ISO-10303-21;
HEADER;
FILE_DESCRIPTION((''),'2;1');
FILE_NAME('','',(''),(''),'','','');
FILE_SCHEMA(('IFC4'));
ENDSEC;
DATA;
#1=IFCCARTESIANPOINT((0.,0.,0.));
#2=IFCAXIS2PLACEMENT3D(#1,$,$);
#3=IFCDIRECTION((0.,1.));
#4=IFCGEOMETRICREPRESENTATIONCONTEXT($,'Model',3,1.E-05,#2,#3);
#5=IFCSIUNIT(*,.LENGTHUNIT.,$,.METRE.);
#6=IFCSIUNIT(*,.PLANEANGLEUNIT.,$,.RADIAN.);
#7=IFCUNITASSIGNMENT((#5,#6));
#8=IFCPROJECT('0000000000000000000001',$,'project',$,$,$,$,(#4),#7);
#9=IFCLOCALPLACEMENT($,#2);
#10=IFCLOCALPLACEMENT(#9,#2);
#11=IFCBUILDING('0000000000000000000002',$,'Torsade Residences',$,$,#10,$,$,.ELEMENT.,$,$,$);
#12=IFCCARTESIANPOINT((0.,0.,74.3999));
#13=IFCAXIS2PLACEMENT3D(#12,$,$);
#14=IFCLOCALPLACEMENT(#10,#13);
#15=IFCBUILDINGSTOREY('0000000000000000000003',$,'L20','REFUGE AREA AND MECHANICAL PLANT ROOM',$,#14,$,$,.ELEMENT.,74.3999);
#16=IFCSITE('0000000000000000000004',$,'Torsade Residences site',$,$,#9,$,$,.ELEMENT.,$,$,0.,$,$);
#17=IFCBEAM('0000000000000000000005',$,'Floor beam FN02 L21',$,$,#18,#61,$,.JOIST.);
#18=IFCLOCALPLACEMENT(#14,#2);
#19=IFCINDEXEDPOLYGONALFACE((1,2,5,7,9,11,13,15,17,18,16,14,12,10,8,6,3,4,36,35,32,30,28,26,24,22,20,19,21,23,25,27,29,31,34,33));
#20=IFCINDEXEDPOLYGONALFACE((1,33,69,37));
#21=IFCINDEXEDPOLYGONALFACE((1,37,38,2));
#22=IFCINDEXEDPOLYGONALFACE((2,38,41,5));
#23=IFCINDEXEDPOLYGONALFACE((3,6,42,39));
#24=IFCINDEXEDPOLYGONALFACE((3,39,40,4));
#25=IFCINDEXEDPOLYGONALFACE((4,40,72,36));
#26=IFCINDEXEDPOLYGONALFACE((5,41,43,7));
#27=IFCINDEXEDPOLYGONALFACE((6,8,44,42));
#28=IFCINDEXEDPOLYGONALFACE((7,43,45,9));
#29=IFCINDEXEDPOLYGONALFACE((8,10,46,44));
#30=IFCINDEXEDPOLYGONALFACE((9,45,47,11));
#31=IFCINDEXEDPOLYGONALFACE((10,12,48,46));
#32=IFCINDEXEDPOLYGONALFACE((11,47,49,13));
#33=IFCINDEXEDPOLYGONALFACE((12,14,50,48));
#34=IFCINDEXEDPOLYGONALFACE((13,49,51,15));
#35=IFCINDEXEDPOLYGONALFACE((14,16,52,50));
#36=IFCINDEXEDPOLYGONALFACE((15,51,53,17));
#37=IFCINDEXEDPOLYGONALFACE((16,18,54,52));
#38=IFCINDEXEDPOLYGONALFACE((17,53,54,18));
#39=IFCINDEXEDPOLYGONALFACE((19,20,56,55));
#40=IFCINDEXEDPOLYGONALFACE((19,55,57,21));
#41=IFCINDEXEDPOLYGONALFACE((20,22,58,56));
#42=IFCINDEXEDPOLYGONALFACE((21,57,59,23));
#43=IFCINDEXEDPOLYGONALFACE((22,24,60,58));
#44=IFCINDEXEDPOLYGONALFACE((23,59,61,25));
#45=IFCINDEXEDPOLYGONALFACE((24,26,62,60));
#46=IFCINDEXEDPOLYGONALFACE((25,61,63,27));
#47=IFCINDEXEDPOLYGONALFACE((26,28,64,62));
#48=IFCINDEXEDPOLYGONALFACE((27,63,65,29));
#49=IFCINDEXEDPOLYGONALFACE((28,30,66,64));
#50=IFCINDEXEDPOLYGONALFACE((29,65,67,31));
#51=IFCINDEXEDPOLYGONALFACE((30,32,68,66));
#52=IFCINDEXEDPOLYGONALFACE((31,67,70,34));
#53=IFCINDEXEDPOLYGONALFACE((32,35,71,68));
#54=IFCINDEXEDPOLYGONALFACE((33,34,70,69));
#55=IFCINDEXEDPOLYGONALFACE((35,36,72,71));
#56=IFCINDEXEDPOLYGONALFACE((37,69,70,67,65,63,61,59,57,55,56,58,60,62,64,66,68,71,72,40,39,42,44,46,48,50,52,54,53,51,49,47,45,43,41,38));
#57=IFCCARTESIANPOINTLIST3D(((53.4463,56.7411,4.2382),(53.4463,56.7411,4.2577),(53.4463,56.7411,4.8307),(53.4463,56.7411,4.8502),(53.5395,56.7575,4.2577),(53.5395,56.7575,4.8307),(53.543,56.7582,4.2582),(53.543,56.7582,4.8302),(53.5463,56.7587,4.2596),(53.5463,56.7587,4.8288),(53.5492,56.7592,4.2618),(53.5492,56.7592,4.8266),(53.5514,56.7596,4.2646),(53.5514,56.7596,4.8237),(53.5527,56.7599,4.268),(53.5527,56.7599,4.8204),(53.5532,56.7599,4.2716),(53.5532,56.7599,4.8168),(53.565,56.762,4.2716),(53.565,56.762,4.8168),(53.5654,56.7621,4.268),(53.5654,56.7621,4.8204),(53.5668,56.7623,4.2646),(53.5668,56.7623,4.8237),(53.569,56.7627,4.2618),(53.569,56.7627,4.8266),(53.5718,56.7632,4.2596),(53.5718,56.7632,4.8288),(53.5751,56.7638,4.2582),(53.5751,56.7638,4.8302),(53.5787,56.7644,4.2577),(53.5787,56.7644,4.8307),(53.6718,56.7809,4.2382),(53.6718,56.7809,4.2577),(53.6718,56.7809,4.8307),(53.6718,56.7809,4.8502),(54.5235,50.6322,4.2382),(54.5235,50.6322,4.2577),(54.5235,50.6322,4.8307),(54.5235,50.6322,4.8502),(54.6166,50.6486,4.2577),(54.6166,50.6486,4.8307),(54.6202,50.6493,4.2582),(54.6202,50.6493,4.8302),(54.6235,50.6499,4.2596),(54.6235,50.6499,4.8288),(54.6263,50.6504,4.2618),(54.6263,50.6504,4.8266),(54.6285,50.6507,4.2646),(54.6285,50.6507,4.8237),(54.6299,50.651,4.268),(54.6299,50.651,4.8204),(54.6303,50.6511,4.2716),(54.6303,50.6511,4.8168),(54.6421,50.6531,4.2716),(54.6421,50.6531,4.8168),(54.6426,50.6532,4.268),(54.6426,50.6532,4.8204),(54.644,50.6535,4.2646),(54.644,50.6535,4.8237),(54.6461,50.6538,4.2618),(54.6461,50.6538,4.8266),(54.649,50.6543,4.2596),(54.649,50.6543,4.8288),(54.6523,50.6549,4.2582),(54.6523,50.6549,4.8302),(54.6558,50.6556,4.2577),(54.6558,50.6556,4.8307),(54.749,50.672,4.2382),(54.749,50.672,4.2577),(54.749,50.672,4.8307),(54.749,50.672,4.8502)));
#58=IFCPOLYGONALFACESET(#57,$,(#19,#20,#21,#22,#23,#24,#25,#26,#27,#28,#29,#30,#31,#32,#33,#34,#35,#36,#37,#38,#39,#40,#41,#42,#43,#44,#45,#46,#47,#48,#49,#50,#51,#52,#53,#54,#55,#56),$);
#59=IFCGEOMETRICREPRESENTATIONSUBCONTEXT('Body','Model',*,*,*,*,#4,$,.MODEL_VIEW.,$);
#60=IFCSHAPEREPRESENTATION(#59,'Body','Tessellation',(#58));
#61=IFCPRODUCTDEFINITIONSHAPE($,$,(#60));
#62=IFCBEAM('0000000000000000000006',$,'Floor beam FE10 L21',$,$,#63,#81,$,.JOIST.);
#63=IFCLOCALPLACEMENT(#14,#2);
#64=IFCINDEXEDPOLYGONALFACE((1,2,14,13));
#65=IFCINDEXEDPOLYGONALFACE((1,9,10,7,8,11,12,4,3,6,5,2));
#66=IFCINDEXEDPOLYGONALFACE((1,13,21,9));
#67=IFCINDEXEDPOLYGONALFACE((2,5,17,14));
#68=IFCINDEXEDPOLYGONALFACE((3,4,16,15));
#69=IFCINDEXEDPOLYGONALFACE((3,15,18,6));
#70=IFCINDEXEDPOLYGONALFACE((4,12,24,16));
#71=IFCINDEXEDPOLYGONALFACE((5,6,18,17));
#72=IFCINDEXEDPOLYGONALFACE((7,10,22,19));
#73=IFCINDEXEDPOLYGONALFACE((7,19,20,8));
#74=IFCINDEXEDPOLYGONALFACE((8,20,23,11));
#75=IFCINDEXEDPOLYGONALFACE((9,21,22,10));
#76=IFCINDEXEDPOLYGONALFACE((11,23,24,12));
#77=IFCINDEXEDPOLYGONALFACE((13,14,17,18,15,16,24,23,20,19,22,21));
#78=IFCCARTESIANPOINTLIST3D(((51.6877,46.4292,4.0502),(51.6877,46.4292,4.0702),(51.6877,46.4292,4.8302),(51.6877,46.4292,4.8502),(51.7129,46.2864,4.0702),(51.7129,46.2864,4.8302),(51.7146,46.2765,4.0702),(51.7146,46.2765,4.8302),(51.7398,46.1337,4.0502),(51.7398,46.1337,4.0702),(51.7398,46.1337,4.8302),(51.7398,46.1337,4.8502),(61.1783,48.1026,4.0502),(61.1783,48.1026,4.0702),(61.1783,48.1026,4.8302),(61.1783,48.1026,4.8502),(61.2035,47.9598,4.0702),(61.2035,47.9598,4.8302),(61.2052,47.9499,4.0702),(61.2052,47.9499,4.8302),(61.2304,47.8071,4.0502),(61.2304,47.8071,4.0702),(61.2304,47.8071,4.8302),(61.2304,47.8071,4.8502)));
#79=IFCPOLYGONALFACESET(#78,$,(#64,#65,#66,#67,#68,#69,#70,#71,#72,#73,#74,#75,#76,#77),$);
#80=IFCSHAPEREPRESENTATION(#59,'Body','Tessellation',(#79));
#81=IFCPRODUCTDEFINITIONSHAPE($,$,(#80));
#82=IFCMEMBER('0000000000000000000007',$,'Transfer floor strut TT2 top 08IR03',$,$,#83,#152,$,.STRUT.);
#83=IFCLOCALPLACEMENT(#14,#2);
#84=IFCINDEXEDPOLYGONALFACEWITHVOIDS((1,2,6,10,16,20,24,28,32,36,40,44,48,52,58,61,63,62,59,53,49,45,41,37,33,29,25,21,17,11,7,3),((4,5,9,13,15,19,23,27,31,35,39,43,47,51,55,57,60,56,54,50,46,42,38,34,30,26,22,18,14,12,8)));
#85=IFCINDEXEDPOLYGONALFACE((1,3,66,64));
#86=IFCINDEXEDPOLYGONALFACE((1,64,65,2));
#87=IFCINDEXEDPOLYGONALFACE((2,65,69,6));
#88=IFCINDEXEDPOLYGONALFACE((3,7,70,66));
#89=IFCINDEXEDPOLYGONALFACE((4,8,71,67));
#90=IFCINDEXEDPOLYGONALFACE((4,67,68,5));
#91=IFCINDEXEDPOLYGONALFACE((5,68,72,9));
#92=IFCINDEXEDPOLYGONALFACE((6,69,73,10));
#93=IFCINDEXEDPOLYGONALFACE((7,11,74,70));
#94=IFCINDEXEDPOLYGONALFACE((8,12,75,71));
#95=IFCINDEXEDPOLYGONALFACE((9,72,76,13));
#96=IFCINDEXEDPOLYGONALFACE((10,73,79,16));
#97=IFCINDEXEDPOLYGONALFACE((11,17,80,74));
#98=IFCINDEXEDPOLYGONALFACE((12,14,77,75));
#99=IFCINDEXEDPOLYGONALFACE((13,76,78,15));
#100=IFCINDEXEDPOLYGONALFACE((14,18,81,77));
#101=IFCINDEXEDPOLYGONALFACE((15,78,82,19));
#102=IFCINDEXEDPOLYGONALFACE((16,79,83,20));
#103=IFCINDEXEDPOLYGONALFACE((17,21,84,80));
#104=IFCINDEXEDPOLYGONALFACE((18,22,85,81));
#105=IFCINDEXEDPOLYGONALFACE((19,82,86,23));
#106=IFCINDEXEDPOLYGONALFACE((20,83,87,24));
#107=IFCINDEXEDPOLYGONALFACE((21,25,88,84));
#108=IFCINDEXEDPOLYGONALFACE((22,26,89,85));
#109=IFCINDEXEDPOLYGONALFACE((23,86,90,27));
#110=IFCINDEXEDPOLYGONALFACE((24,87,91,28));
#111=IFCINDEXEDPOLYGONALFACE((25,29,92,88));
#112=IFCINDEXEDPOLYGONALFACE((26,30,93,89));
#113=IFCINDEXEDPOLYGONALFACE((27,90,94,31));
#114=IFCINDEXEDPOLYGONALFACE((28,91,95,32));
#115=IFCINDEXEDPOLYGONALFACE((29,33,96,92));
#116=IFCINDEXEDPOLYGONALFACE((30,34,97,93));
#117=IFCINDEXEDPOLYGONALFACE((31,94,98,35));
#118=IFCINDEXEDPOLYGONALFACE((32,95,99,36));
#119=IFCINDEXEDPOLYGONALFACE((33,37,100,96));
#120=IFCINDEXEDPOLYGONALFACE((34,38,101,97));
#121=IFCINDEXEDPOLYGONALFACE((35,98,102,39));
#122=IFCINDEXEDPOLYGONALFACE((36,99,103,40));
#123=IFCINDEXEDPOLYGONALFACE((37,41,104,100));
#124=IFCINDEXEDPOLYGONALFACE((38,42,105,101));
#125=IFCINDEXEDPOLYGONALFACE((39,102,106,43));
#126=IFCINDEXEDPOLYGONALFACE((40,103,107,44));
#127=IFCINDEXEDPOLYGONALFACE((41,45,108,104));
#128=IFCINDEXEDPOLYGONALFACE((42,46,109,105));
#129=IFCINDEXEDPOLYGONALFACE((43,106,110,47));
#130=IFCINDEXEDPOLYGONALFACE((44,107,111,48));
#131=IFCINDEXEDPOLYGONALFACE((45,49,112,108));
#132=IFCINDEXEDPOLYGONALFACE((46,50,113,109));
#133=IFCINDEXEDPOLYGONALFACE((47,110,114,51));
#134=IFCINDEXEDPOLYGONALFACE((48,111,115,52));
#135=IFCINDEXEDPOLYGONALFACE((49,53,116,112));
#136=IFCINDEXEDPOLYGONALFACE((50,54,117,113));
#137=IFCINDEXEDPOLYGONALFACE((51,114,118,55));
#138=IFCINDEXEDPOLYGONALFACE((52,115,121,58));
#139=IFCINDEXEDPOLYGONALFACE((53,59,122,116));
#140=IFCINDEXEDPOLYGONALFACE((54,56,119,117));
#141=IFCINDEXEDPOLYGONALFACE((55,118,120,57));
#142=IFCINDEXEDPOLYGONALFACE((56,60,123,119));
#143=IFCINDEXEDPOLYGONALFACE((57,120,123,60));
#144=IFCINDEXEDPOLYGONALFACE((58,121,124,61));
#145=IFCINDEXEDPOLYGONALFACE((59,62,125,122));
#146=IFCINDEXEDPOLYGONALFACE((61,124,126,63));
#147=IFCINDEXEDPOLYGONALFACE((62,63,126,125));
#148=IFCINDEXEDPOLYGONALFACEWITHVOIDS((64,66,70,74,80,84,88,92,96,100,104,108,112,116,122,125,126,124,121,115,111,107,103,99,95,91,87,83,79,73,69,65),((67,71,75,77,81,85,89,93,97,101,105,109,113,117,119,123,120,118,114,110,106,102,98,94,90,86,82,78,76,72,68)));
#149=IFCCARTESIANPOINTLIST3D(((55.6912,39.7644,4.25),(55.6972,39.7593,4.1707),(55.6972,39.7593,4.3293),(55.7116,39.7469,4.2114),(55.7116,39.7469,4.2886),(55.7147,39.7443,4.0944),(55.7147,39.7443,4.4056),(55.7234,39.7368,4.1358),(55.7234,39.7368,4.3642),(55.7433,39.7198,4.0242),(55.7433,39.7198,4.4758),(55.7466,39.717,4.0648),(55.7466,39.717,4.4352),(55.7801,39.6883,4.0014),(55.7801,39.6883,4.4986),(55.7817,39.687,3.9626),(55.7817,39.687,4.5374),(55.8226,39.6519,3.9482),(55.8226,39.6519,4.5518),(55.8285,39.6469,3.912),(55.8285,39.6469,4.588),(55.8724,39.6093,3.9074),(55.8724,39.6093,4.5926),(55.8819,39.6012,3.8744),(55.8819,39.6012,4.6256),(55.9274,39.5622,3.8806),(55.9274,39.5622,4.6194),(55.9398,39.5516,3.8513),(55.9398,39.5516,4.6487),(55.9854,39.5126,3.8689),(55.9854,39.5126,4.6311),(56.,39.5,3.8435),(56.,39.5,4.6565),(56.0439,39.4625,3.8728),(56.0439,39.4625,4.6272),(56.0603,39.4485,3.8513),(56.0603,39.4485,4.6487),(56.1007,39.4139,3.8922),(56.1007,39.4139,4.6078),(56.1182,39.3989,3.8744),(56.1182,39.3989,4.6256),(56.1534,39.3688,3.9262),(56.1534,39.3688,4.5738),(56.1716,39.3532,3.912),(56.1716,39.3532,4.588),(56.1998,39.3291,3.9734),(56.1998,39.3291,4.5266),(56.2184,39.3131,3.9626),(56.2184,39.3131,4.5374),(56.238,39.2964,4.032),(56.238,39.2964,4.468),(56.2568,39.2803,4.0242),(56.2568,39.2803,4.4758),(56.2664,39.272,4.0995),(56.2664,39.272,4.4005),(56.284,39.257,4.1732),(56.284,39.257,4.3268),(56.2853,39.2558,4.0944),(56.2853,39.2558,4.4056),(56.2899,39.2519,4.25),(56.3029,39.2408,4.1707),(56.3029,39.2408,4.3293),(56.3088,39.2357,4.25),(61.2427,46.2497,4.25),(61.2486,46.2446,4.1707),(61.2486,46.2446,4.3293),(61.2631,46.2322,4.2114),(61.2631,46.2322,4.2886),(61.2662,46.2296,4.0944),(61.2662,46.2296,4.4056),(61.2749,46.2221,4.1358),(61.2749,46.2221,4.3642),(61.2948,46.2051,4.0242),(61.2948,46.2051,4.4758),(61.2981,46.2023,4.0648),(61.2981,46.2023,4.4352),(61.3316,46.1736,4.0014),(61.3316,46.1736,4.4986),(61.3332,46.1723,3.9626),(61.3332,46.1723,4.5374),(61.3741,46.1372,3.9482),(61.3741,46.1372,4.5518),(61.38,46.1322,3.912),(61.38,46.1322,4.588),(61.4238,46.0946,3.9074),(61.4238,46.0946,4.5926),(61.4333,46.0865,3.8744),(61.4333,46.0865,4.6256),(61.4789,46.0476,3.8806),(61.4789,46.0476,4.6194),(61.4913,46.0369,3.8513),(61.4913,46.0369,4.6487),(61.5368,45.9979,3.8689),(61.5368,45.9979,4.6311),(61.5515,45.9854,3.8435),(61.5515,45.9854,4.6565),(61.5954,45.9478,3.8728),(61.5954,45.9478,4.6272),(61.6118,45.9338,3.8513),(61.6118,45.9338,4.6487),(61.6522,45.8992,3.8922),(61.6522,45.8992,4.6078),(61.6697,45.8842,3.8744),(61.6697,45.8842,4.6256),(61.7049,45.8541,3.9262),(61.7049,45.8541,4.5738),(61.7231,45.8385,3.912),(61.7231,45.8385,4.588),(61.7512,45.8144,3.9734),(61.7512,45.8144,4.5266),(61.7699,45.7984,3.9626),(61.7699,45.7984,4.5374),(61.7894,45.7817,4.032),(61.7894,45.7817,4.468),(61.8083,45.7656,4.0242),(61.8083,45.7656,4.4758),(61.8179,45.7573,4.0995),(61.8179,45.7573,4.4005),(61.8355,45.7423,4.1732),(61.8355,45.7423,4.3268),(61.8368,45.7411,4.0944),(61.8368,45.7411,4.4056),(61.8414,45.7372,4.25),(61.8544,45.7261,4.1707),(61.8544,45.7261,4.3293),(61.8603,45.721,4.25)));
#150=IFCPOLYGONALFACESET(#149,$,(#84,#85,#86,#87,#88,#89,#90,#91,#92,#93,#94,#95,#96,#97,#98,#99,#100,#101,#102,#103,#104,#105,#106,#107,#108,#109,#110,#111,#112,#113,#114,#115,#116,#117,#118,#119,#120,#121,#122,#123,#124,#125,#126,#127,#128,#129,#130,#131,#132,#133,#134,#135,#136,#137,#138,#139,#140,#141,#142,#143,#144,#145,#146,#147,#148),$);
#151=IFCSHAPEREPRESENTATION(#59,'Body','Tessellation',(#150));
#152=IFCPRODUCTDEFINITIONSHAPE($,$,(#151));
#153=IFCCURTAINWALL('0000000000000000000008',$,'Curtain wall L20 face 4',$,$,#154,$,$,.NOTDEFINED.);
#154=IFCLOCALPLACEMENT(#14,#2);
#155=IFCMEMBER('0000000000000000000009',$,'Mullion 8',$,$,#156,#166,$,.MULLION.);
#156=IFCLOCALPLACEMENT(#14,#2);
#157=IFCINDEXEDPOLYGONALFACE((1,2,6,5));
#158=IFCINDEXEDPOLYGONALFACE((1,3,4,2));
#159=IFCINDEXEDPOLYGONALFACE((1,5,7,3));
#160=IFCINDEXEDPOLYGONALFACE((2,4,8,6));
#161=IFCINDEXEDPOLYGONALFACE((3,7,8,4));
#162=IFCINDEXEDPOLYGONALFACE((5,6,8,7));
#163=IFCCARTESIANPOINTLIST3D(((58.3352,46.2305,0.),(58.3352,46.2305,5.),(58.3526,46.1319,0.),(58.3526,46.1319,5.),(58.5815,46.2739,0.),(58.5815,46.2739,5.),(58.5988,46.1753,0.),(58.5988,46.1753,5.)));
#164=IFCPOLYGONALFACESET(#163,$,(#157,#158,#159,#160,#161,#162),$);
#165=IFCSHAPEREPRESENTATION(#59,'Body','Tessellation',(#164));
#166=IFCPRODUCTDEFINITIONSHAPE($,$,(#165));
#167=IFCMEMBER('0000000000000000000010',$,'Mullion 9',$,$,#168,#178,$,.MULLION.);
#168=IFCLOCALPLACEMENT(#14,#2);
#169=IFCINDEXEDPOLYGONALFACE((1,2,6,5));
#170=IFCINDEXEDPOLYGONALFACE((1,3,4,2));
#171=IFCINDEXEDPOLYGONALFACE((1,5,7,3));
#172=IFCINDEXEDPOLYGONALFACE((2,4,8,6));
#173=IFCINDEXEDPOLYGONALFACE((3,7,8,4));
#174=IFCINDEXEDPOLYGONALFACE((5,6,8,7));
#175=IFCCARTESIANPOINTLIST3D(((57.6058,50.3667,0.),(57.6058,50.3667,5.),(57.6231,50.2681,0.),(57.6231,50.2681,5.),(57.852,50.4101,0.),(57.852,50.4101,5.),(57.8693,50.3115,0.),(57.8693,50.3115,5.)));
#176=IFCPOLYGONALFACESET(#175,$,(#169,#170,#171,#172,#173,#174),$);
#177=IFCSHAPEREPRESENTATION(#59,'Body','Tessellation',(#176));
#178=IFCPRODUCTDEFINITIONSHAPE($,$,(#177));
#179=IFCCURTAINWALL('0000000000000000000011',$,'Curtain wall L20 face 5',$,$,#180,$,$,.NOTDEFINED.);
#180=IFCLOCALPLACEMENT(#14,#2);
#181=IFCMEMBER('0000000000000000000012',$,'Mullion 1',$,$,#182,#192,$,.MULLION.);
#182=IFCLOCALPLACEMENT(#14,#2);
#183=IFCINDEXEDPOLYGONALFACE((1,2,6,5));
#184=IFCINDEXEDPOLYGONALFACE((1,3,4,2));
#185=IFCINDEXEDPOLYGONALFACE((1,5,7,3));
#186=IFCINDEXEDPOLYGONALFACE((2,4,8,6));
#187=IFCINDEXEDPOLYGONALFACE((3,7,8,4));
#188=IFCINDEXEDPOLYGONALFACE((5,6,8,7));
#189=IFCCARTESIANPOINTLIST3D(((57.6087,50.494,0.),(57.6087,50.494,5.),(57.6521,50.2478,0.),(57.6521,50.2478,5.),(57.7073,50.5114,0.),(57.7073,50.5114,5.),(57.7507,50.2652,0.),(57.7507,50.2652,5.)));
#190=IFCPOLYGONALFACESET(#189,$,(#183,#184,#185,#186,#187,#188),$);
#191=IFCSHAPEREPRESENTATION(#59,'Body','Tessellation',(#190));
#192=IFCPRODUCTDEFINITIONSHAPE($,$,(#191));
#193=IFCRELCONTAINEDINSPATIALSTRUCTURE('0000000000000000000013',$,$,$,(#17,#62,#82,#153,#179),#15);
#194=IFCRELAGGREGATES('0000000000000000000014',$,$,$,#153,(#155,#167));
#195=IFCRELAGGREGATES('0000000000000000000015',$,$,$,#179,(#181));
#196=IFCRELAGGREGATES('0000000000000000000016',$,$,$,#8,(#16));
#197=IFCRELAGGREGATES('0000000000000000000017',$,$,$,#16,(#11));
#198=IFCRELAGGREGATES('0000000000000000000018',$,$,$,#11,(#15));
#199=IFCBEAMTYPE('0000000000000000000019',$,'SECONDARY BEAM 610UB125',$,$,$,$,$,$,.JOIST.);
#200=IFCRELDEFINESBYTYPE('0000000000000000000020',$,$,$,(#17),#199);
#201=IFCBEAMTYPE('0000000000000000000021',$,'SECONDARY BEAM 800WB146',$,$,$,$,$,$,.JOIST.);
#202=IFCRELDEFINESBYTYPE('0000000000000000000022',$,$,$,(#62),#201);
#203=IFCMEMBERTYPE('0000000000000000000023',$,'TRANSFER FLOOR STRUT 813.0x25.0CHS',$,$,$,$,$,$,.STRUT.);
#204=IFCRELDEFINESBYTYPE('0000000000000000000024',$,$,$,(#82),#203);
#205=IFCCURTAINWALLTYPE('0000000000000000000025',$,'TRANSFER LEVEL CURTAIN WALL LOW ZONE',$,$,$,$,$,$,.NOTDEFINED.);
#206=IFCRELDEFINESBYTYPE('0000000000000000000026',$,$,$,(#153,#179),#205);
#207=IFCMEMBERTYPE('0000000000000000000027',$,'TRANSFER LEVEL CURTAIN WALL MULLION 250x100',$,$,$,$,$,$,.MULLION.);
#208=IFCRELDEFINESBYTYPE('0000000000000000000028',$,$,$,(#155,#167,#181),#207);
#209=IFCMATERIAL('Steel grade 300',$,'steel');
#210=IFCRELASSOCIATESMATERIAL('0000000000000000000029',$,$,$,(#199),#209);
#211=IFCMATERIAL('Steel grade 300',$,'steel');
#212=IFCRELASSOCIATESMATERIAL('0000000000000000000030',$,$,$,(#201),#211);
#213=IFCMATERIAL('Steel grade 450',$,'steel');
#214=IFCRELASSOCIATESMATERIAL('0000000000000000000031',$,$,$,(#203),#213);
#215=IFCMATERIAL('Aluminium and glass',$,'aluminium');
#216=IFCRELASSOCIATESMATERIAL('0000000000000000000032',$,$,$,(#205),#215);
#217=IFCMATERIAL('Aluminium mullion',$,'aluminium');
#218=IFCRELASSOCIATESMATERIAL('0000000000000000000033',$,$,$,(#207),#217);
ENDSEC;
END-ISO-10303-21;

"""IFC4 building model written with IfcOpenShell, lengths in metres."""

from ifc_helpers import new_model, si_unit, direction, frame, origin, origin_2d, place, context, subcontext, project, spatial, rectangle, hollow_circle, i_section, extrude, material, material_profile, profile_set, type_object, element, aggregate, save


model = new_model("IFC4")

# Units and contexts
model_context = context("Model", 3, precision=1e-05, world=origin(), true_north=direction((0.0, 1.0)))
body_context = subcontext(model_context, "Body", "Model", "MODEL_VIEW")
ifc_project = project(units=[si_unit("LENGTHUNIT", "METRE"), si_unit("PLANEANGLEUNIT", "RADIAN")], contexts=[model_context])

# Site, building, storey
site_placement = place(None, origin())
site = spatial("IfcSite", under=ifc_project, at=site_placement, Name="Torsade Residences site", CompositionType="ELEMENT", RefElevation=0.0)
building_placement = place(site_placement, origin())
building = spatial("IfcBuilding", under=site, at=building_placement, Name="Torsade Residences", CompositionType="ELEMENT")
storey_placement = place(building_placement, frame((0.0, 0.0, 74.3999)))
storey = spatial("IfcBuildingStorey", under=building, at=storey_placement, Name="L20", Description="REFUGE AREA AND MECHANICAL PLANT ROOM", CompositionType="ELEMENT", Elevation=74.3999)

# Beams
ifc_material_1 = material(Name="Steel grade 300", Category="steel")
ifc_material_profile_1 = material_profile(ifc_material_1, i_section(OverallWidth=0.229, OverallDepth=0.6121, WebThickness=0.012, FlangeThickness=0.0195, FilletRadius=0.0139, at=origin_2d()), Name="610UB125")
ifc_profile_set_1 = profile_set([ifc_material_profile_1], Name="Steel grade 300")
beam_type_1 = type_object("IfcBeamType", Name="SECONDARY BEAM 610UB125", PredefinedType="JOIST", material=ifc_profile_set_1)
beam_1_placement = place(storey_placement, frame((53.5591, 56.761, 4.5442), z_axis=(0.173646, -0.984808, 0.0), x_axis=(0.984808, 0.173646, 0.0)))
element("IfcBeam", 1, at=beam_1_placement, inside=storey, type_object=beam_type_1, Name="Floor beam FN02 L21", PredefinedType="JOIST", context=body_context, shape_type="SweptSolid", body=[
    extrude(i_section(OverallWidth=0.229, OverallDepth=0.6121, WebThickness=0.012, FlangeThickness=0.0195, FilletRadius=0.0139, at=origin_2d()), origin(), (0.0, 0.0, 1.0), 6.2031),
])
ifc_material_2 = material(Name="Steel grade 300", Category="steel")
ifc_material_profile_2 = material_profile(ifc_material_2, i_section(OverallWidth=0.3, OverallDepth=0.8, WebThickness=0.01, FlangeThickness=0.02, at=origin_2d()), Name="800WB146")
ifc_profile_set_2 = profile_set([ifc_material_profile_2], Name="Steel grade 300")
beam_type_2 = type_object("IfcBeamType", Name="SECONDARY BEAM 800WB146", PredefinedType="JOIST", material=ifc_profile_set_2)
beam_2_placement = place(storey_placement, frame((61.2043, 47.9548, 4.4502), z_axis=(-0.984809, -0.173639, 0.0), x_axis=(0.173639, -0.984809, 0.0)))
element("IfcBeam", 2, at=beam_2_placement, inside=storey, type_object=beam_type_2, Name="Floor beam FE10 L21", PredefinedType="JOIST", context=body_context, shape_type="SweptSolid", body=[
    extrude(i_section(OverallWidth=0.3, OverallDepth=0.8, WebThickness=0.01, FlangeThickness=0.02, at=origin_2d()), origin(), (0.0, 0.0, 1.0), 9.637),
])

# Member
ifc_material_3 = material(Name="Steel grade 450", Category="steel")
ifc_material_profile_3 = material_profile(ifc_material_3, hollow_circle(Radius=0.4065, WallThickness=0.0249, at=origin_2d()), Name="813.0x25.0CHS")
ifc_profile_set_3 = profile_set([ifc_material_profile_3], Name="Steel grade 450")
member_type_1 = type_object("IfcMemberType", Name="TRANSFER FLOOR STRUT 813.0x25.0CHS", PredefinedType="STRUT", material=ifc_profile_set_3)
member_1_placement = place(storey_placement, frame((61.5515, 45.9854, 4.25), z_axis=(-0.650294, -0.759682, 0.0), x_axis=(0.759682, -0.650294, 0.0)))
element("IfcMember", 3, at=member_1_placement, inside=storey, type_object=member_type_1, Name="Transfer floor strut TT2 top 08IR03", PredefinedType="STRUT", context=body_context, shape_type="SweptSolid", body=[
    extrude(hollow_circle(Radius=0.4065, WallThickness=0.0249, at=origin_2d()), origin(), (0.0, 0.0, 1.0), 8.5369),
])

# Curtain walls, members
ifc_material_4 = material(Name="Aluminium and glass", Category="aluminium")
curtain_wall_type = type_object("IfcCurtainWallType", Name="TRANSFER LEVEL CURTAIN WALL LOW ZONE", PredefinedType="NOTDEFINED", material=ifc_material_4)
curtain_wall_1_placement = place(storey_placement, origin())
curtain_wall_1 = element("IfcCurtainWall", 4, at=curtain_wall_1_placement, inside=storey, type_object=curtain_wall_type, Name="Curtain wall L20 face 4", PredefinedType="NOTDEFINED")
ifc_material_5 = material(Name="Aluminium mullion", Category="aluminium")
ifc_material_profile_4 = material_profile(ifc_material_5, rectangle(XDim=0.25, YDim=0.1001, at=origin_2d()), Name="TRANSFER LEVEL CURTAIN WALL MULLION 250x100")
ifc_profile_set_4 = profile_set([ifc_material_profile_4], Name="Aluminium mullion")
member_type_2 = type_object("IfcMemberType", Name="TRANSFER LEVEL CURTAIN WALL MULLION 250x100", PredefinedType="MULLION", material=ifc_profile_set_4)
member_2_placement = place(storey_placement, frame((58.467, 46.2029, 0.0), z_axis=(0.0, 0.0, 1.0), x_axis=(-0.984808, -0.173648, 0.0)))
member_2 = element("IfcMember", 5, at=member_2_placement, type_object=member_type_2, Name="Mullion 8", PredefinedType="MULLION", context=body_context, shape_type="SweptSolid", body=[
    extrude(rectangle(XDim=0.25, YDim=0.1001, at=origin_2d()), origin(), (0.0, 0.0, 1.0), 5.0),
])
member_3_placement = place(storey_placement, frame((57.7375, 50.3391, 0.0), z_axis=(0.0, 0.0, 1.0), x_axis=(-0.984808, -0.173648, 0.0)))
member_3 = element("IfcMember", 6, at=member_3_placement, type_object=member_type_2, Name="Mullion 9", PredefinedType="MULLION", context=body_context, shape_type="SweptSolid", body=[
    extrude(rectangle(XDim=0.25, YDim=0.1001, at=origin_2d()), origin(), (0.0, 0.0, 1.0), 5.0),
])
curtain_wall_2_placement = place(storey_placement, origin())
curtain_wall_2 = element("IfcCurtainWall", 7, at=curtain_wall_2_placement, inside=storey, type_object=curtain_wall_type, Name="Curtain wall L20 face 5", PredefinedType="NOTDEFINED")
member_4_placement = place(storey_placement, frame((57.6797, 50.3796, 0.0), z_axis=(0.0, 0.0, 1.0), x_axis=(0.173648, -0.984808, 0.0)))
member_4 = element("IfcMember", 8, at=member_4_placement, type_object=member_type_2, Name="Mullion 1", PredefinedType="MULLION", context=body_context, shape_type="SweptSolid", body=[
    extrude(rectangle(XDim=0.25, YDim=0.1001, at=origin_2d()), origin(), (0.0, 0.0, 1.0), 5.0),
])

aggregate(curtain_wall_1, [member_2, member_3])
aggregate(curtain_wall_2, [member_4])

save(model, "model.ifc")
